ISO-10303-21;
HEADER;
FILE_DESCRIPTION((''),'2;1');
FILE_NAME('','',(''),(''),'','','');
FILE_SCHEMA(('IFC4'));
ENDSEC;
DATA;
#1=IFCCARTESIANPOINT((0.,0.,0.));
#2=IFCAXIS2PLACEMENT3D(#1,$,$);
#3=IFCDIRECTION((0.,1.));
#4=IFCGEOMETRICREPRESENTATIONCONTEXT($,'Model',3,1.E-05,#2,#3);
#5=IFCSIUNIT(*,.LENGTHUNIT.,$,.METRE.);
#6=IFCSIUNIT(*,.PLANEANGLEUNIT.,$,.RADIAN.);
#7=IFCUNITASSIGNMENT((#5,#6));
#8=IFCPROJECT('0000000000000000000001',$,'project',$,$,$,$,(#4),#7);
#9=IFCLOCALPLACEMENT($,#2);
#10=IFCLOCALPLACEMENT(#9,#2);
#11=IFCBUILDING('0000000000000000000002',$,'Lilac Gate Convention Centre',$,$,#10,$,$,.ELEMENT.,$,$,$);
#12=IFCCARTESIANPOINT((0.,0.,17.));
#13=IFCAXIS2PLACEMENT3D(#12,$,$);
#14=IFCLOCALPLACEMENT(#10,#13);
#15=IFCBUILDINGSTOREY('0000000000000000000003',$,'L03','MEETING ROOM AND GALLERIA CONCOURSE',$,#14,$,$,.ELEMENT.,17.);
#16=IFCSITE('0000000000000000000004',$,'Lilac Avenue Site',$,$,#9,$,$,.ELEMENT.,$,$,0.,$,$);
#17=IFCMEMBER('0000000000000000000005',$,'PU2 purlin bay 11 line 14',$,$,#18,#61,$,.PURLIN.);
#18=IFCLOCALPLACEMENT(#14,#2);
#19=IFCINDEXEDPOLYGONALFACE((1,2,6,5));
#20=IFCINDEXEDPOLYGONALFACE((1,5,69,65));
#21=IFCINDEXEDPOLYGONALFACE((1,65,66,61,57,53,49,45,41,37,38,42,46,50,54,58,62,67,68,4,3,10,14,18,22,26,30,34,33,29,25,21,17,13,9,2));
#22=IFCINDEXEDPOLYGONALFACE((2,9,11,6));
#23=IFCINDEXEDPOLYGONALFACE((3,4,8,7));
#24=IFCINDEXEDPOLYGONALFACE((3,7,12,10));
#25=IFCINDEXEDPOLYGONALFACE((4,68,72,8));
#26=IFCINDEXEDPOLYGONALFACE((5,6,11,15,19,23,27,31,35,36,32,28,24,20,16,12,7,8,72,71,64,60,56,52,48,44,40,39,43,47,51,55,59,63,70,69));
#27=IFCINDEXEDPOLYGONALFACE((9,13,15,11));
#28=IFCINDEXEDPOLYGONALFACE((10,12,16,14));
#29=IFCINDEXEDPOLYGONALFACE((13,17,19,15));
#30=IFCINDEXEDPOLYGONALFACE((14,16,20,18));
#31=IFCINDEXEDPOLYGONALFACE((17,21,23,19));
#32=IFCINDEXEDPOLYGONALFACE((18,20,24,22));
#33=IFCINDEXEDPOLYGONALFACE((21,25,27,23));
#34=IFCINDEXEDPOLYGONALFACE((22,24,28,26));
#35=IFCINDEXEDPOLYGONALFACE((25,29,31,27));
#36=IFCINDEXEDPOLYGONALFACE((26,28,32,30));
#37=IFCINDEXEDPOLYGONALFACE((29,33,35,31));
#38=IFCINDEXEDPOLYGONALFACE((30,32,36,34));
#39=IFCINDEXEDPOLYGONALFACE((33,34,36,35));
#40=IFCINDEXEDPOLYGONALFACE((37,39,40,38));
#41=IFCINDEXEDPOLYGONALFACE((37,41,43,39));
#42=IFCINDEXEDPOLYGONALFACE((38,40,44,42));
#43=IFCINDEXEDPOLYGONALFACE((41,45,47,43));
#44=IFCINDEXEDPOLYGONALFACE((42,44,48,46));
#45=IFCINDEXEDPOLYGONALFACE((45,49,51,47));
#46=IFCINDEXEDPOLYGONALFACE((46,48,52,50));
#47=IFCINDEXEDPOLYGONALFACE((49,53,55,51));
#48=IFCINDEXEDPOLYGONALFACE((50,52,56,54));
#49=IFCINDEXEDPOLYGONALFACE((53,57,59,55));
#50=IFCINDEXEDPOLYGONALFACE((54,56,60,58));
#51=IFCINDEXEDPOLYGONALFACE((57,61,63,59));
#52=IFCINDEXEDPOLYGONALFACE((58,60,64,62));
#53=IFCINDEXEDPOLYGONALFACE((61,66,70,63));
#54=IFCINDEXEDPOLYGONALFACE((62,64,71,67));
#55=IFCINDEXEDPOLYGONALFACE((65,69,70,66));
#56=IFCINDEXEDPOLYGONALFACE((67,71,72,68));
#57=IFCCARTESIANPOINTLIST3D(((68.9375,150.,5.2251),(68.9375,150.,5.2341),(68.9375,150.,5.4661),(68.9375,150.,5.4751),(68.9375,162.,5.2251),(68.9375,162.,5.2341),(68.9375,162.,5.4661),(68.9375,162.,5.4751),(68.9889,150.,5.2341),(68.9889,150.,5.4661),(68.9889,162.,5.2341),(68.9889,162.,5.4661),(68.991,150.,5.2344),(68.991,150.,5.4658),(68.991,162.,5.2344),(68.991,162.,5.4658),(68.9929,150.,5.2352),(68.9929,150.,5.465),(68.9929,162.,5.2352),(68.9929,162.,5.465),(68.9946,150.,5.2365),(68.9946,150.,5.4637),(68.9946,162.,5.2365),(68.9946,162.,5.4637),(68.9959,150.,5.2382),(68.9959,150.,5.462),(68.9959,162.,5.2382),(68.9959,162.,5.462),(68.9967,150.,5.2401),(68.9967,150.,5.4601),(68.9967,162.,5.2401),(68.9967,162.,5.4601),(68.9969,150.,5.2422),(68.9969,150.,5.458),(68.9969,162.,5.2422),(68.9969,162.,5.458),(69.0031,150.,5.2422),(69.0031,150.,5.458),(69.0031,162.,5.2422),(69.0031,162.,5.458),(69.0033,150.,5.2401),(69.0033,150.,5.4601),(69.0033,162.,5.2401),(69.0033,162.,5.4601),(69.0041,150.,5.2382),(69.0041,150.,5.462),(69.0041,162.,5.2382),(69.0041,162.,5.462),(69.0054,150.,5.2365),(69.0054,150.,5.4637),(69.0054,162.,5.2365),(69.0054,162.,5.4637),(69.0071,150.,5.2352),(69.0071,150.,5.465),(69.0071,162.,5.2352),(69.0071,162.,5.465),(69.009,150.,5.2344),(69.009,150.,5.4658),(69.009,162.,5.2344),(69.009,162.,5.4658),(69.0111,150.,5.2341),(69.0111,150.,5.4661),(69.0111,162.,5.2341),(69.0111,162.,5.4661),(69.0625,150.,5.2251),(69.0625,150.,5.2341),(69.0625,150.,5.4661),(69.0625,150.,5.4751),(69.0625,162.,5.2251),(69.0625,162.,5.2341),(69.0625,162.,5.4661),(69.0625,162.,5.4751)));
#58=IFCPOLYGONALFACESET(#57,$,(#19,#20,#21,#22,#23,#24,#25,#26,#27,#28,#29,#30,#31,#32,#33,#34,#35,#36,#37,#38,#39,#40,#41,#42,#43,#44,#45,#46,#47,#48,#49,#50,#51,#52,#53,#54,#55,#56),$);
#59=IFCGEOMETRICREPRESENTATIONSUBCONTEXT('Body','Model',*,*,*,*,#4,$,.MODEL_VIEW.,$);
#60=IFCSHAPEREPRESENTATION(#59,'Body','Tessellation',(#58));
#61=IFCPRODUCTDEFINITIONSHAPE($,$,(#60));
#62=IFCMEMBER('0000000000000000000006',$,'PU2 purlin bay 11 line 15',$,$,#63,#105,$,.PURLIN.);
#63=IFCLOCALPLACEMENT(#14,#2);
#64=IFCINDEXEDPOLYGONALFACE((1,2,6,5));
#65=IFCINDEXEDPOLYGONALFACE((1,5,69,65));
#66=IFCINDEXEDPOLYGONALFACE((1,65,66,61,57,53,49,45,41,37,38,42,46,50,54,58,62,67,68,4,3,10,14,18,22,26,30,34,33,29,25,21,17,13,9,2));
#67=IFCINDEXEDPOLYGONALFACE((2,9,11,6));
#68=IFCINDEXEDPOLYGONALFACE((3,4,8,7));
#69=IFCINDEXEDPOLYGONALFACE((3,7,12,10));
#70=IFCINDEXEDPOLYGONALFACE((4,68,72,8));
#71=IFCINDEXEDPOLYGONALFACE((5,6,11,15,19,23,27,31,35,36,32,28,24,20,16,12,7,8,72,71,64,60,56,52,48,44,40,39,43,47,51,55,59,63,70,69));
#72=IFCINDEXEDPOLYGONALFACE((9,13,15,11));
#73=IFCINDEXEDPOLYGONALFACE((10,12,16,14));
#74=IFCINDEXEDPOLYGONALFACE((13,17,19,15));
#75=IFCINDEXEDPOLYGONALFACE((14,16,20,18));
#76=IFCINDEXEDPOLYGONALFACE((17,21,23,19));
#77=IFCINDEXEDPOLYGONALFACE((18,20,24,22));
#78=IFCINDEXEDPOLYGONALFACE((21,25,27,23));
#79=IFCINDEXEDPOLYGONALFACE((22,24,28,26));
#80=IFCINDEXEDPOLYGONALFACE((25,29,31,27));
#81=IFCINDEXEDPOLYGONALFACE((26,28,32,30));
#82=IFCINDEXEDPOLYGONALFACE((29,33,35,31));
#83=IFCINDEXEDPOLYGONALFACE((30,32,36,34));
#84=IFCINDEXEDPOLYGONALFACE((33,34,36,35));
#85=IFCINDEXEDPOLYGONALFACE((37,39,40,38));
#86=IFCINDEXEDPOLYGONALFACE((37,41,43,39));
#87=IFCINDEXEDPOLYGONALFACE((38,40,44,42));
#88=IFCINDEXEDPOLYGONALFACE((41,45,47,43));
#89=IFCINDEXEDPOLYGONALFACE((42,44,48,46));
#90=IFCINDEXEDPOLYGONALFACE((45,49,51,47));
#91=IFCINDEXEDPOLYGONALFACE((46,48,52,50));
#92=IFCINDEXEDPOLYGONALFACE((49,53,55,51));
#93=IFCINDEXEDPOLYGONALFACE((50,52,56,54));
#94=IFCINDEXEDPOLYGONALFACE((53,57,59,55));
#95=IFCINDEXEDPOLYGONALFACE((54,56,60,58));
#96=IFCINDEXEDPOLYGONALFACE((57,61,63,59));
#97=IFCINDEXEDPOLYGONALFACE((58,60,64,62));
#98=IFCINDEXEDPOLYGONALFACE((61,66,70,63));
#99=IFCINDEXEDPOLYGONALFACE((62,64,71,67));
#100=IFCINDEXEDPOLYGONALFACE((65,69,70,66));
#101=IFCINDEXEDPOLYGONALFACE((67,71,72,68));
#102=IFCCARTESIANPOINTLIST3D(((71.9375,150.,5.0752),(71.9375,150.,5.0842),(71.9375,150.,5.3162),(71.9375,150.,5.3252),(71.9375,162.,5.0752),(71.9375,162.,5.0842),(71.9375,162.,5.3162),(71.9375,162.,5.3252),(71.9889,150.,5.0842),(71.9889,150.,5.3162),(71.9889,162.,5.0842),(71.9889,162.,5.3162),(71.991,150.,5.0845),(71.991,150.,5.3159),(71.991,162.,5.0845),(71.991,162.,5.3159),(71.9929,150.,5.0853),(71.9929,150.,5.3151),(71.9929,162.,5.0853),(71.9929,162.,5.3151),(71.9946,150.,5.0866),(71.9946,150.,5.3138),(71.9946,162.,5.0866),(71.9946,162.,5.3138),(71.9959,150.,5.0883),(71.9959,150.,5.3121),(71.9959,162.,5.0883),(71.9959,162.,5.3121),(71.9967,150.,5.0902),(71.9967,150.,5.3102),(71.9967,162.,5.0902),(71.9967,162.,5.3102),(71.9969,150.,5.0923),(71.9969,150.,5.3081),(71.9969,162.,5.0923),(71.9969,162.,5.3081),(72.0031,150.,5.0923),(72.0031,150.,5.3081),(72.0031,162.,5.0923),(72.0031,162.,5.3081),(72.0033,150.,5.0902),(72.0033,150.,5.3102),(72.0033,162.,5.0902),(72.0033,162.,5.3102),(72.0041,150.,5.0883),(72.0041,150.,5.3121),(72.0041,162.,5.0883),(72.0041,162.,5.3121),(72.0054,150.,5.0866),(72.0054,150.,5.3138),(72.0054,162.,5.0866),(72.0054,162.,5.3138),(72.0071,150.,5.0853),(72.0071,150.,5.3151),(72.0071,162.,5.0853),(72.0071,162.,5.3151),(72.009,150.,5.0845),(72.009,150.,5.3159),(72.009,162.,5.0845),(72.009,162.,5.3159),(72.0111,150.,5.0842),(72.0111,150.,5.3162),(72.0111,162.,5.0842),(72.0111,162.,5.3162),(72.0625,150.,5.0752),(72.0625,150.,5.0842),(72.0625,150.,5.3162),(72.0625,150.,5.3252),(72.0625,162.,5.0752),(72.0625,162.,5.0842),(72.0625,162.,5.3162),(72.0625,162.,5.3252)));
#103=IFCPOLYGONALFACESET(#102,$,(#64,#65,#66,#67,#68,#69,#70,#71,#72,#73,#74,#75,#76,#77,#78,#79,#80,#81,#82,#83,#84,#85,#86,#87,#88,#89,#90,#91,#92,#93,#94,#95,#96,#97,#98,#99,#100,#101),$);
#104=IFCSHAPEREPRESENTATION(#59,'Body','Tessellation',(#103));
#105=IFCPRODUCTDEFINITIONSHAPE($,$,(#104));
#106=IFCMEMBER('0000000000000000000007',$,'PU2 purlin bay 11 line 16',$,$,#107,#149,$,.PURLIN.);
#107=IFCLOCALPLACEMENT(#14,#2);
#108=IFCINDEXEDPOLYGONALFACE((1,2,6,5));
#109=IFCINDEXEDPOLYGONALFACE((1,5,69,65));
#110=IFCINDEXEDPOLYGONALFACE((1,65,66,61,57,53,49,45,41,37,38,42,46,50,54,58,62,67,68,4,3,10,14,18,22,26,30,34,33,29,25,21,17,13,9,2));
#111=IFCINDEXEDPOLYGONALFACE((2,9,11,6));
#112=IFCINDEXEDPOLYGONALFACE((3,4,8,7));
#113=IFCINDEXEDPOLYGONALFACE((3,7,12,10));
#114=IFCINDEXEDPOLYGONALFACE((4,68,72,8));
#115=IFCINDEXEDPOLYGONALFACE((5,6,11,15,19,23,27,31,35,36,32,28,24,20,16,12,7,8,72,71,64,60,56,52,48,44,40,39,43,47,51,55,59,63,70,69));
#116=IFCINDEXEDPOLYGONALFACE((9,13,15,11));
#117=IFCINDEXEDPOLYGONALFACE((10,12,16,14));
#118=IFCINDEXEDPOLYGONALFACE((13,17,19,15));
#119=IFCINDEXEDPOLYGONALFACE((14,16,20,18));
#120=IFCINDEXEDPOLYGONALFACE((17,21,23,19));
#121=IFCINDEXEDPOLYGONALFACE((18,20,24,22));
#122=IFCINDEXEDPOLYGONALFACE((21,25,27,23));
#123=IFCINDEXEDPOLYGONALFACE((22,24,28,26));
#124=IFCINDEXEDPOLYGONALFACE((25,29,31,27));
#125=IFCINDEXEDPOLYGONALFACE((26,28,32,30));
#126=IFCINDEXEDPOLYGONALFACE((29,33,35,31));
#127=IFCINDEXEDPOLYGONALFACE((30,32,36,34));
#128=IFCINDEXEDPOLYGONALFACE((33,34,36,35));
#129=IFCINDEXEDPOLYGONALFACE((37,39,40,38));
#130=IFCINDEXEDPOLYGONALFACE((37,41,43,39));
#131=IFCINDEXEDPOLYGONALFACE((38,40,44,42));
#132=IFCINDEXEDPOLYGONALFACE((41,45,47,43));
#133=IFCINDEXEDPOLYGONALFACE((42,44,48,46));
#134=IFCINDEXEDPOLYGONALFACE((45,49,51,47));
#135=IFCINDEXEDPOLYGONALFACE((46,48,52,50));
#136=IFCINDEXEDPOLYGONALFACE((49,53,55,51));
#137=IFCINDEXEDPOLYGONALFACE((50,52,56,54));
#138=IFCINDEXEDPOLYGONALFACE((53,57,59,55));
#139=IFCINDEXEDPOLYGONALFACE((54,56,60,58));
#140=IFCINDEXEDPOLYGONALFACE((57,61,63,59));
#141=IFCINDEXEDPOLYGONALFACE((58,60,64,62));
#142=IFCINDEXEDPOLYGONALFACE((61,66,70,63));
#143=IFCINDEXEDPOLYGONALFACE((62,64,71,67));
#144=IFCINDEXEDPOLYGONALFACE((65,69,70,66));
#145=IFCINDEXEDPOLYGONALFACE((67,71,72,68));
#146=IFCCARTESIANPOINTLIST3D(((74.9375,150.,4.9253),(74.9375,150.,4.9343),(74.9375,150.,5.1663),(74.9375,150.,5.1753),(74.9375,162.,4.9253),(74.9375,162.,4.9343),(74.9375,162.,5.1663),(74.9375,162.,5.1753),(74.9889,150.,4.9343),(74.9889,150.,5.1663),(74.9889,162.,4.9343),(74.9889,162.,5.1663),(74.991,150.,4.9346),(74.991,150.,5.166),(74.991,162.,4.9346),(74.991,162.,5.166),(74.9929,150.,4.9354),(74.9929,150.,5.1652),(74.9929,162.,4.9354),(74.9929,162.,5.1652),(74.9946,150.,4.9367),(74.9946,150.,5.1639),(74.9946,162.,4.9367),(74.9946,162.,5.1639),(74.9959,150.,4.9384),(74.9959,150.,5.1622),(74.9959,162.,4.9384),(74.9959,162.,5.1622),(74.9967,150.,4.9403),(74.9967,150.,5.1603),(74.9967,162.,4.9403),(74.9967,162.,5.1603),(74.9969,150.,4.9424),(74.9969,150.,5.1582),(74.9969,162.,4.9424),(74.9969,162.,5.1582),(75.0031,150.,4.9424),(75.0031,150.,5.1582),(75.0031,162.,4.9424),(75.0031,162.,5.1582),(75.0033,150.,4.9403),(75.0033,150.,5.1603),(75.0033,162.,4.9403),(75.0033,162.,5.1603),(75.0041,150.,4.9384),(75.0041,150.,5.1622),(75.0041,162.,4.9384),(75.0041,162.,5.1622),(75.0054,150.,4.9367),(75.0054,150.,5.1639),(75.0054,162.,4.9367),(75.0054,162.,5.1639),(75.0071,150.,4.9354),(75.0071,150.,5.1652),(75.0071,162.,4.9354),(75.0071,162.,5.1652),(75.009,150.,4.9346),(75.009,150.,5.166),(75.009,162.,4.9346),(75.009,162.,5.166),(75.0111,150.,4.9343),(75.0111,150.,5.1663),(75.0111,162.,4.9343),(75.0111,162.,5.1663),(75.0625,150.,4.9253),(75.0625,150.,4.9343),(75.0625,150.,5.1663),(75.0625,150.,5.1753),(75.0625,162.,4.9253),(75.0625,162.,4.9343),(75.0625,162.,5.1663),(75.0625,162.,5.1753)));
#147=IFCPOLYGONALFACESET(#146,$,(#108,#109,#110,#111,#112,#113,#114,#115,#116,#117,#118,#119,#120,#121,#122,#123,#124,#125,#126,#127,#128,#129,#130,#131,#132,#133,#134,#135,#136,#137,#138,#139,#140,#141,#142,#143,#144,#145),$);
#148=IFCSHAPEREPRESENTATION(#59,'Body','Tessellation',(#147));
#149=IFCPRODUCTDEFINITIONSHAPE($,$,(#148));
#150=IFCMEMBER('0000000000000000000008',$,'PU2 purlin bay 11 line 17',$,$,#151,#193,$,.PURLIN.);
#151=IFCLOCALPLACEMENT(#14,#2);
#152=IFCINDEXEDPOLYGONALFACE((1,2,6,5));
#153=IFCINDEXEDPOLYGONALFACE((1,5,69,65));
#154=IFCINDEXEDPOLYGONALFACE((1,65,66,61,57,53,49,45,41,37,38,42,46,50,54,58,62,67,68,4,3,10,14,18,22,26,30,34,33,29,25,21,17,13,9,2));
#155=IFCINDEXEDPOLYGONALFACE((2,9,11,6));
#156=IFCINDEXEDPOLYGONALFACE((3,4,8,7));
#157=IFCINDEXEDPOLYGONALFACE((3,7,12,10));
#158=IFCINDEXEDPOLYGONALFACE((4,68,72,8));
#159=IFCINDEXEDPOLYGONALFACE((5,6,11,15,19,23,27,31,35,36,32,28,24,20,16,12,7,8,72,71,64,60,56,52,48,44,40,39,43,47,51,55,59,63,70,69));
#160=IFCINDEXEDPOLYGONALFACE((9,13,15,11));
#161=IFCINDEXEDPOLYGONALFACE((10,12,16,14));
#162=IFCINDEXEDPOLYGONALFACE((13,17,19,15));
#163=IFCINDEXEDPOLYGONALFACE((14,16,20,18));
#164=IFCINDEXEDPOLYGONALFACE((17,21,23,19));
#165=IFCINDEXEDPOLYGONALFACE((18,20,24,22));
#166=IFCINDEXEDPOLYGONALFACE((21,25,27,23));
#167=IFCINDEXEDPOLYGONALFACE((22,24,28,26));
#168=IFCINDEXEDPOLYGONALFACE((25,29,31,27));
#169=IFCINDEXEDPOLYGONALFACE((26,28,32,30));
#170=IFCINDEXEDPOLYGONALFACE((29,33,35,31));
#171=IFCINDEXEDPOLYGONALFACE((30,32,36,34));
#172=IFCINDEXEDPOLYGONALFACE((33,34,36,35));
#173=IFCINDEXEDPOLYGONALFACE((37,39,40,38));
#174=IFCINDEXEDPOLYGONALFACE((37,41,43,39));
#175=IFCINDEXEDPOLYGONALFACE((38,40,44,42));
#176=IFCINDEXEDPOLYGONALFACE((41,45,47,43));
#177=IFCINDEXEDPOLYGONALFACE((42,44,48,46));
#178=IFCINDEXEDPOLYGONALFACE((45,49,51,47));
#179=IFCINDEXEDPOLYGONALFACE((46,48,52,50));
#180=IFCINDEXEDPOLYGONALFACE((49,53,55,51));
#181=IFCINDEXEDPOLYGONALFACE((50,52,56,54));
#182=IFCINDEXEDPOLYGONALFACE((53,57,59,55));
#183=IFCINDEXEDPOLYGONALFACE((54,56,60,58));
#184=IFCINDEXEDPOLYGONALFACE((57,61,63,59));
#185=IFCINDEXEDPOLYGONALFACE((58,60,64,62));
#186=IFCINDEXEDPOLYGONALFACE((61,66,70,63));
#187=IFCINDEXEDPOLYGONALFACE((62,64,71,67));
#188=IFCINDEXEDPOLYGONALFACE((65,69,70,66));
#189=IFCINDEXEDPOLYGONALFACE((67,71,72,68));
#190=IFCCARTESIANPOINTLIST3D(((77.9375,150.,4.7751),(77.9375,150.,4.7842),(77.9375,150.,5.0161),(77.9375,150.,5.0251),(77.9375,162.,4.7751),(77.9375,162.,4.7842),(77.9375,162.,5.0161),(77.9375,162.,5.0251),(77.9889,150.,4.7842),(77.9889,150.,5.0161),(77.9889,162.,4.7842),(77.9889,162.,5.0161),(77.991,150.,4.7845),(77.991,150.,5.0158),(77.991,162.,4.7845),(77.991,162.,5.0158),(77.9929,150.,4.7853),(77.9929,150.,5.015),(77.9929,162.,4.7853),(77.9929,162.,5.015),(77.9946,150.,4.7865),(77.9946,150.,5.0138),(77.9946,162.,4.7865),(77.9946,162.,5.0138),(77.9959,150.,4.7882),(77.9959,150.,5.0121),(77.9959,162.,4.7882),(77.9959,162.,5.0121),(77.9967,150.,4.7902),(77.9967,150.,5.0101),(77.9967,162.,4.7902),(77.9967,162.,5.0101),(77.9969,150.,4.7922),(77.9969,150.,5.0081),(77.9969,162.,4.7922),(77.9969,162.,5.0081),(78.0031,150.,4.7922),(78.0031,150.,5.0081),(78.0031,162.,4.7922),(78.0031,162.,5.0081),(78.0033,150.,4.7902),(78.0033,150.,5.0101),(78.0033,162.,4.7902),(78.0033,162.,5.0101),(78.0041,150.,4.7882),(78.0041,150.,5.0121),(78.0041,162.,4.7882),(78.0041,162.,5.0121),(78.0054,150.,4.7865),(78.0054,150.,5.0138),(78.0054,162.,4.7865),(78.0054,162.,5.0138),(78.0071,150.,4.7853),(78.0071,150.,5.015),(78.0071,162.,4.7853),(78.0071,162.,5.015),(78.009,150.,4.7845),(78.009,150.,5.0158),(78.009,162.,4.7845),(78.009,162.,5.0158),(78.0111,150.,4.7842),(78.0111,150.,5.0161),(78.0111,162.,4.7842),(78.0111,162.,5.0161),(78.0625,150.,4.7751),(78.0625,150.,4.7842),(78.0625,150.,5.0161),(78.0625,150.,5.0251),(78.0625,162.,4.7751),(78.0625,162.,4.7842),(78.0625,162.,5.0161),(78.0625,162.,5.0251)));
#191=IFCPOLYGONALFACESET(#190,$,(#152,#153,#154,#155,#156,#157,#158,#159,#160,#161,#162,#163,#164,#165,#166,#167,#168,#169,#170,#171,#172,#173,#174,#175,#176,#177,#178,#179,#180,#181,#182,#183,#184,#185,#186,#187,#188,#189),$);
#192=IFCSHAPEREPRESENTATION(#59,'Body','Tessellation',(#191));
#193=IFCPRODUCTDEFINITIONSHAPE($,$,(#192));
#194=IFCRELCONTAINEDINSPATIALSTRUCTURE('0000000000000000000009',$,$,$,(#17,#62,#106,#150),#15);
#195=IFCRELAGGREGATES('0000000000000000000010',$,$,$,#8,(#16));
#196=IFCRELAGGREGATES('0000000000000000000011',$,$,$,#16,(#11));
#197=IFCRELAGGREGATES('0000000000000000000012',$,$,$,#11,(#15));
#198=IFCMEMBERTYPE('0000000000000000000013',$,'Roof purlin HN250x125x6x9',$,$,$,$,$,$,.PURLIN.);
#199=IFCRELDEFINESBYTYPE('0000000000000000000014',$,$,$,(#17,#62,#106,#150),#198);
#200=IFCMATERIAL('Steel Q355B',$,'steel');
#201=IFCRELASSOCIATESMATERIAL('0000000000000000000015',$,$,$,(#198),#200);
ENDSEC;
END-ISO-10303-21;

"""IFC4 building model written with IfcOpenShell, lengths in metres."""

from ifc_helpers import new_model, si_unit, direction, frame, origin, origin_2d, place, context, subcontext, project, spatial, i_section, extrude, material, material_profile, profile_set, type_object, element, save


model = new_model("IFC4")

# Units and contexts
model_context = context("Model", 3, precision=1e-05, world=origin(), true_north=direction((0.0, 1.0)))
body_context = subcontext(model_context, "Body", "Model", "MODEL_VIEW")
ifc_project = project(units=[si_unit("LENGTHUNIT", "METRE"), si_unit("PLANEANGLEUNIT", "RADIAN")], contexts=[model_context])

# Site, building, storey
site_placement = place(None, origin())
site = spatial("IfcSite", under=ifc_project, at=site_placement, Name="Lilac Avenue Site", CompositionType="ELEMENT", RefElevation=0.0)
building_placement = place(site_placement, origin())
building = spatial("IfcBuilding", under=site, at=building_placement, Name="Lilac Gate Convention Centre", CompositionType="ELEMENT")
storey_placement = place(building_placement, frame((0.0, 0.0, 17.0)))
storey = spatial("IfcBuildingStorey", under=building, at=storey_placement, Name="L03", Description="MEETING ROOM AND GALLERIA CONCOURSE", CompositionType="ELEMENT", Elevation=17.0)

# Members
ifc_material = material(Name="Steel Q355B", Category="steel")
ifc_material_profile_1 = material_profile(ifc_material, i_section(OverallWidth=0.125, OverallDepth=0.25, WebThickness=0.0061, FlangeThickness=0.009, FilletRadius=0.0081, at=origin_2d()), Name="HN250x125x6x9")
ifc_profile_set_1 = profile_set([ifc_material_profile_1], Name="Steel Q355B")
member_type_1 = type_object("IfcMemberType", Name="Roof purlin HN250x125x6x9", PredefinedType="PURLIN", material=ifc_profile_set_1)
for number, where, z_axis, x_axis, name in (
    (1, (69.0, 150.0, 5.3501), (0.0, 1.0, 0.0), (-1.0, 0.0, 0.0), "PU2 purlin bay 11 line 14"),
    (2, (72.0, 150.0, 5.2002), (0.0, 1.0, 0.0), (-1.0, 0.0, 0.0), "PU2 purlin bay 11 line 15"),
    (3, (75.0, 150.0, 5.0503), (0.0, 1.0, 0.0), (-1.0, 0.0, 0.0), "PU2 purlin bay 11 line 16"),
    (4, (78.0, 150.0, 4.9001), (0.0, 1.0, 0.0), (-1.0, 0.0, 0.0), "PU2 purlin bay 11 line 17"),
):
    element("IfcMember", number, at=place(storey_placement, frame(where, z_axis=z_axis, x_axis=x_axis)), inside=storey, type_object=member_type_1, Name=name, PredefinedType="PURLIN", context=body_context, shape_type="SweptSolid", body=[
        extrude(i_section(OverallWidth=0.125, OverallDepth=0.25, WebThickness=0.0061, FlangeThickness=0.009, FilletRadius=0.0081, at=origin_2d()), origin(), (0.0, 0.0, 1.0), 12.0),
    ])

save(model, "model.ifc")
